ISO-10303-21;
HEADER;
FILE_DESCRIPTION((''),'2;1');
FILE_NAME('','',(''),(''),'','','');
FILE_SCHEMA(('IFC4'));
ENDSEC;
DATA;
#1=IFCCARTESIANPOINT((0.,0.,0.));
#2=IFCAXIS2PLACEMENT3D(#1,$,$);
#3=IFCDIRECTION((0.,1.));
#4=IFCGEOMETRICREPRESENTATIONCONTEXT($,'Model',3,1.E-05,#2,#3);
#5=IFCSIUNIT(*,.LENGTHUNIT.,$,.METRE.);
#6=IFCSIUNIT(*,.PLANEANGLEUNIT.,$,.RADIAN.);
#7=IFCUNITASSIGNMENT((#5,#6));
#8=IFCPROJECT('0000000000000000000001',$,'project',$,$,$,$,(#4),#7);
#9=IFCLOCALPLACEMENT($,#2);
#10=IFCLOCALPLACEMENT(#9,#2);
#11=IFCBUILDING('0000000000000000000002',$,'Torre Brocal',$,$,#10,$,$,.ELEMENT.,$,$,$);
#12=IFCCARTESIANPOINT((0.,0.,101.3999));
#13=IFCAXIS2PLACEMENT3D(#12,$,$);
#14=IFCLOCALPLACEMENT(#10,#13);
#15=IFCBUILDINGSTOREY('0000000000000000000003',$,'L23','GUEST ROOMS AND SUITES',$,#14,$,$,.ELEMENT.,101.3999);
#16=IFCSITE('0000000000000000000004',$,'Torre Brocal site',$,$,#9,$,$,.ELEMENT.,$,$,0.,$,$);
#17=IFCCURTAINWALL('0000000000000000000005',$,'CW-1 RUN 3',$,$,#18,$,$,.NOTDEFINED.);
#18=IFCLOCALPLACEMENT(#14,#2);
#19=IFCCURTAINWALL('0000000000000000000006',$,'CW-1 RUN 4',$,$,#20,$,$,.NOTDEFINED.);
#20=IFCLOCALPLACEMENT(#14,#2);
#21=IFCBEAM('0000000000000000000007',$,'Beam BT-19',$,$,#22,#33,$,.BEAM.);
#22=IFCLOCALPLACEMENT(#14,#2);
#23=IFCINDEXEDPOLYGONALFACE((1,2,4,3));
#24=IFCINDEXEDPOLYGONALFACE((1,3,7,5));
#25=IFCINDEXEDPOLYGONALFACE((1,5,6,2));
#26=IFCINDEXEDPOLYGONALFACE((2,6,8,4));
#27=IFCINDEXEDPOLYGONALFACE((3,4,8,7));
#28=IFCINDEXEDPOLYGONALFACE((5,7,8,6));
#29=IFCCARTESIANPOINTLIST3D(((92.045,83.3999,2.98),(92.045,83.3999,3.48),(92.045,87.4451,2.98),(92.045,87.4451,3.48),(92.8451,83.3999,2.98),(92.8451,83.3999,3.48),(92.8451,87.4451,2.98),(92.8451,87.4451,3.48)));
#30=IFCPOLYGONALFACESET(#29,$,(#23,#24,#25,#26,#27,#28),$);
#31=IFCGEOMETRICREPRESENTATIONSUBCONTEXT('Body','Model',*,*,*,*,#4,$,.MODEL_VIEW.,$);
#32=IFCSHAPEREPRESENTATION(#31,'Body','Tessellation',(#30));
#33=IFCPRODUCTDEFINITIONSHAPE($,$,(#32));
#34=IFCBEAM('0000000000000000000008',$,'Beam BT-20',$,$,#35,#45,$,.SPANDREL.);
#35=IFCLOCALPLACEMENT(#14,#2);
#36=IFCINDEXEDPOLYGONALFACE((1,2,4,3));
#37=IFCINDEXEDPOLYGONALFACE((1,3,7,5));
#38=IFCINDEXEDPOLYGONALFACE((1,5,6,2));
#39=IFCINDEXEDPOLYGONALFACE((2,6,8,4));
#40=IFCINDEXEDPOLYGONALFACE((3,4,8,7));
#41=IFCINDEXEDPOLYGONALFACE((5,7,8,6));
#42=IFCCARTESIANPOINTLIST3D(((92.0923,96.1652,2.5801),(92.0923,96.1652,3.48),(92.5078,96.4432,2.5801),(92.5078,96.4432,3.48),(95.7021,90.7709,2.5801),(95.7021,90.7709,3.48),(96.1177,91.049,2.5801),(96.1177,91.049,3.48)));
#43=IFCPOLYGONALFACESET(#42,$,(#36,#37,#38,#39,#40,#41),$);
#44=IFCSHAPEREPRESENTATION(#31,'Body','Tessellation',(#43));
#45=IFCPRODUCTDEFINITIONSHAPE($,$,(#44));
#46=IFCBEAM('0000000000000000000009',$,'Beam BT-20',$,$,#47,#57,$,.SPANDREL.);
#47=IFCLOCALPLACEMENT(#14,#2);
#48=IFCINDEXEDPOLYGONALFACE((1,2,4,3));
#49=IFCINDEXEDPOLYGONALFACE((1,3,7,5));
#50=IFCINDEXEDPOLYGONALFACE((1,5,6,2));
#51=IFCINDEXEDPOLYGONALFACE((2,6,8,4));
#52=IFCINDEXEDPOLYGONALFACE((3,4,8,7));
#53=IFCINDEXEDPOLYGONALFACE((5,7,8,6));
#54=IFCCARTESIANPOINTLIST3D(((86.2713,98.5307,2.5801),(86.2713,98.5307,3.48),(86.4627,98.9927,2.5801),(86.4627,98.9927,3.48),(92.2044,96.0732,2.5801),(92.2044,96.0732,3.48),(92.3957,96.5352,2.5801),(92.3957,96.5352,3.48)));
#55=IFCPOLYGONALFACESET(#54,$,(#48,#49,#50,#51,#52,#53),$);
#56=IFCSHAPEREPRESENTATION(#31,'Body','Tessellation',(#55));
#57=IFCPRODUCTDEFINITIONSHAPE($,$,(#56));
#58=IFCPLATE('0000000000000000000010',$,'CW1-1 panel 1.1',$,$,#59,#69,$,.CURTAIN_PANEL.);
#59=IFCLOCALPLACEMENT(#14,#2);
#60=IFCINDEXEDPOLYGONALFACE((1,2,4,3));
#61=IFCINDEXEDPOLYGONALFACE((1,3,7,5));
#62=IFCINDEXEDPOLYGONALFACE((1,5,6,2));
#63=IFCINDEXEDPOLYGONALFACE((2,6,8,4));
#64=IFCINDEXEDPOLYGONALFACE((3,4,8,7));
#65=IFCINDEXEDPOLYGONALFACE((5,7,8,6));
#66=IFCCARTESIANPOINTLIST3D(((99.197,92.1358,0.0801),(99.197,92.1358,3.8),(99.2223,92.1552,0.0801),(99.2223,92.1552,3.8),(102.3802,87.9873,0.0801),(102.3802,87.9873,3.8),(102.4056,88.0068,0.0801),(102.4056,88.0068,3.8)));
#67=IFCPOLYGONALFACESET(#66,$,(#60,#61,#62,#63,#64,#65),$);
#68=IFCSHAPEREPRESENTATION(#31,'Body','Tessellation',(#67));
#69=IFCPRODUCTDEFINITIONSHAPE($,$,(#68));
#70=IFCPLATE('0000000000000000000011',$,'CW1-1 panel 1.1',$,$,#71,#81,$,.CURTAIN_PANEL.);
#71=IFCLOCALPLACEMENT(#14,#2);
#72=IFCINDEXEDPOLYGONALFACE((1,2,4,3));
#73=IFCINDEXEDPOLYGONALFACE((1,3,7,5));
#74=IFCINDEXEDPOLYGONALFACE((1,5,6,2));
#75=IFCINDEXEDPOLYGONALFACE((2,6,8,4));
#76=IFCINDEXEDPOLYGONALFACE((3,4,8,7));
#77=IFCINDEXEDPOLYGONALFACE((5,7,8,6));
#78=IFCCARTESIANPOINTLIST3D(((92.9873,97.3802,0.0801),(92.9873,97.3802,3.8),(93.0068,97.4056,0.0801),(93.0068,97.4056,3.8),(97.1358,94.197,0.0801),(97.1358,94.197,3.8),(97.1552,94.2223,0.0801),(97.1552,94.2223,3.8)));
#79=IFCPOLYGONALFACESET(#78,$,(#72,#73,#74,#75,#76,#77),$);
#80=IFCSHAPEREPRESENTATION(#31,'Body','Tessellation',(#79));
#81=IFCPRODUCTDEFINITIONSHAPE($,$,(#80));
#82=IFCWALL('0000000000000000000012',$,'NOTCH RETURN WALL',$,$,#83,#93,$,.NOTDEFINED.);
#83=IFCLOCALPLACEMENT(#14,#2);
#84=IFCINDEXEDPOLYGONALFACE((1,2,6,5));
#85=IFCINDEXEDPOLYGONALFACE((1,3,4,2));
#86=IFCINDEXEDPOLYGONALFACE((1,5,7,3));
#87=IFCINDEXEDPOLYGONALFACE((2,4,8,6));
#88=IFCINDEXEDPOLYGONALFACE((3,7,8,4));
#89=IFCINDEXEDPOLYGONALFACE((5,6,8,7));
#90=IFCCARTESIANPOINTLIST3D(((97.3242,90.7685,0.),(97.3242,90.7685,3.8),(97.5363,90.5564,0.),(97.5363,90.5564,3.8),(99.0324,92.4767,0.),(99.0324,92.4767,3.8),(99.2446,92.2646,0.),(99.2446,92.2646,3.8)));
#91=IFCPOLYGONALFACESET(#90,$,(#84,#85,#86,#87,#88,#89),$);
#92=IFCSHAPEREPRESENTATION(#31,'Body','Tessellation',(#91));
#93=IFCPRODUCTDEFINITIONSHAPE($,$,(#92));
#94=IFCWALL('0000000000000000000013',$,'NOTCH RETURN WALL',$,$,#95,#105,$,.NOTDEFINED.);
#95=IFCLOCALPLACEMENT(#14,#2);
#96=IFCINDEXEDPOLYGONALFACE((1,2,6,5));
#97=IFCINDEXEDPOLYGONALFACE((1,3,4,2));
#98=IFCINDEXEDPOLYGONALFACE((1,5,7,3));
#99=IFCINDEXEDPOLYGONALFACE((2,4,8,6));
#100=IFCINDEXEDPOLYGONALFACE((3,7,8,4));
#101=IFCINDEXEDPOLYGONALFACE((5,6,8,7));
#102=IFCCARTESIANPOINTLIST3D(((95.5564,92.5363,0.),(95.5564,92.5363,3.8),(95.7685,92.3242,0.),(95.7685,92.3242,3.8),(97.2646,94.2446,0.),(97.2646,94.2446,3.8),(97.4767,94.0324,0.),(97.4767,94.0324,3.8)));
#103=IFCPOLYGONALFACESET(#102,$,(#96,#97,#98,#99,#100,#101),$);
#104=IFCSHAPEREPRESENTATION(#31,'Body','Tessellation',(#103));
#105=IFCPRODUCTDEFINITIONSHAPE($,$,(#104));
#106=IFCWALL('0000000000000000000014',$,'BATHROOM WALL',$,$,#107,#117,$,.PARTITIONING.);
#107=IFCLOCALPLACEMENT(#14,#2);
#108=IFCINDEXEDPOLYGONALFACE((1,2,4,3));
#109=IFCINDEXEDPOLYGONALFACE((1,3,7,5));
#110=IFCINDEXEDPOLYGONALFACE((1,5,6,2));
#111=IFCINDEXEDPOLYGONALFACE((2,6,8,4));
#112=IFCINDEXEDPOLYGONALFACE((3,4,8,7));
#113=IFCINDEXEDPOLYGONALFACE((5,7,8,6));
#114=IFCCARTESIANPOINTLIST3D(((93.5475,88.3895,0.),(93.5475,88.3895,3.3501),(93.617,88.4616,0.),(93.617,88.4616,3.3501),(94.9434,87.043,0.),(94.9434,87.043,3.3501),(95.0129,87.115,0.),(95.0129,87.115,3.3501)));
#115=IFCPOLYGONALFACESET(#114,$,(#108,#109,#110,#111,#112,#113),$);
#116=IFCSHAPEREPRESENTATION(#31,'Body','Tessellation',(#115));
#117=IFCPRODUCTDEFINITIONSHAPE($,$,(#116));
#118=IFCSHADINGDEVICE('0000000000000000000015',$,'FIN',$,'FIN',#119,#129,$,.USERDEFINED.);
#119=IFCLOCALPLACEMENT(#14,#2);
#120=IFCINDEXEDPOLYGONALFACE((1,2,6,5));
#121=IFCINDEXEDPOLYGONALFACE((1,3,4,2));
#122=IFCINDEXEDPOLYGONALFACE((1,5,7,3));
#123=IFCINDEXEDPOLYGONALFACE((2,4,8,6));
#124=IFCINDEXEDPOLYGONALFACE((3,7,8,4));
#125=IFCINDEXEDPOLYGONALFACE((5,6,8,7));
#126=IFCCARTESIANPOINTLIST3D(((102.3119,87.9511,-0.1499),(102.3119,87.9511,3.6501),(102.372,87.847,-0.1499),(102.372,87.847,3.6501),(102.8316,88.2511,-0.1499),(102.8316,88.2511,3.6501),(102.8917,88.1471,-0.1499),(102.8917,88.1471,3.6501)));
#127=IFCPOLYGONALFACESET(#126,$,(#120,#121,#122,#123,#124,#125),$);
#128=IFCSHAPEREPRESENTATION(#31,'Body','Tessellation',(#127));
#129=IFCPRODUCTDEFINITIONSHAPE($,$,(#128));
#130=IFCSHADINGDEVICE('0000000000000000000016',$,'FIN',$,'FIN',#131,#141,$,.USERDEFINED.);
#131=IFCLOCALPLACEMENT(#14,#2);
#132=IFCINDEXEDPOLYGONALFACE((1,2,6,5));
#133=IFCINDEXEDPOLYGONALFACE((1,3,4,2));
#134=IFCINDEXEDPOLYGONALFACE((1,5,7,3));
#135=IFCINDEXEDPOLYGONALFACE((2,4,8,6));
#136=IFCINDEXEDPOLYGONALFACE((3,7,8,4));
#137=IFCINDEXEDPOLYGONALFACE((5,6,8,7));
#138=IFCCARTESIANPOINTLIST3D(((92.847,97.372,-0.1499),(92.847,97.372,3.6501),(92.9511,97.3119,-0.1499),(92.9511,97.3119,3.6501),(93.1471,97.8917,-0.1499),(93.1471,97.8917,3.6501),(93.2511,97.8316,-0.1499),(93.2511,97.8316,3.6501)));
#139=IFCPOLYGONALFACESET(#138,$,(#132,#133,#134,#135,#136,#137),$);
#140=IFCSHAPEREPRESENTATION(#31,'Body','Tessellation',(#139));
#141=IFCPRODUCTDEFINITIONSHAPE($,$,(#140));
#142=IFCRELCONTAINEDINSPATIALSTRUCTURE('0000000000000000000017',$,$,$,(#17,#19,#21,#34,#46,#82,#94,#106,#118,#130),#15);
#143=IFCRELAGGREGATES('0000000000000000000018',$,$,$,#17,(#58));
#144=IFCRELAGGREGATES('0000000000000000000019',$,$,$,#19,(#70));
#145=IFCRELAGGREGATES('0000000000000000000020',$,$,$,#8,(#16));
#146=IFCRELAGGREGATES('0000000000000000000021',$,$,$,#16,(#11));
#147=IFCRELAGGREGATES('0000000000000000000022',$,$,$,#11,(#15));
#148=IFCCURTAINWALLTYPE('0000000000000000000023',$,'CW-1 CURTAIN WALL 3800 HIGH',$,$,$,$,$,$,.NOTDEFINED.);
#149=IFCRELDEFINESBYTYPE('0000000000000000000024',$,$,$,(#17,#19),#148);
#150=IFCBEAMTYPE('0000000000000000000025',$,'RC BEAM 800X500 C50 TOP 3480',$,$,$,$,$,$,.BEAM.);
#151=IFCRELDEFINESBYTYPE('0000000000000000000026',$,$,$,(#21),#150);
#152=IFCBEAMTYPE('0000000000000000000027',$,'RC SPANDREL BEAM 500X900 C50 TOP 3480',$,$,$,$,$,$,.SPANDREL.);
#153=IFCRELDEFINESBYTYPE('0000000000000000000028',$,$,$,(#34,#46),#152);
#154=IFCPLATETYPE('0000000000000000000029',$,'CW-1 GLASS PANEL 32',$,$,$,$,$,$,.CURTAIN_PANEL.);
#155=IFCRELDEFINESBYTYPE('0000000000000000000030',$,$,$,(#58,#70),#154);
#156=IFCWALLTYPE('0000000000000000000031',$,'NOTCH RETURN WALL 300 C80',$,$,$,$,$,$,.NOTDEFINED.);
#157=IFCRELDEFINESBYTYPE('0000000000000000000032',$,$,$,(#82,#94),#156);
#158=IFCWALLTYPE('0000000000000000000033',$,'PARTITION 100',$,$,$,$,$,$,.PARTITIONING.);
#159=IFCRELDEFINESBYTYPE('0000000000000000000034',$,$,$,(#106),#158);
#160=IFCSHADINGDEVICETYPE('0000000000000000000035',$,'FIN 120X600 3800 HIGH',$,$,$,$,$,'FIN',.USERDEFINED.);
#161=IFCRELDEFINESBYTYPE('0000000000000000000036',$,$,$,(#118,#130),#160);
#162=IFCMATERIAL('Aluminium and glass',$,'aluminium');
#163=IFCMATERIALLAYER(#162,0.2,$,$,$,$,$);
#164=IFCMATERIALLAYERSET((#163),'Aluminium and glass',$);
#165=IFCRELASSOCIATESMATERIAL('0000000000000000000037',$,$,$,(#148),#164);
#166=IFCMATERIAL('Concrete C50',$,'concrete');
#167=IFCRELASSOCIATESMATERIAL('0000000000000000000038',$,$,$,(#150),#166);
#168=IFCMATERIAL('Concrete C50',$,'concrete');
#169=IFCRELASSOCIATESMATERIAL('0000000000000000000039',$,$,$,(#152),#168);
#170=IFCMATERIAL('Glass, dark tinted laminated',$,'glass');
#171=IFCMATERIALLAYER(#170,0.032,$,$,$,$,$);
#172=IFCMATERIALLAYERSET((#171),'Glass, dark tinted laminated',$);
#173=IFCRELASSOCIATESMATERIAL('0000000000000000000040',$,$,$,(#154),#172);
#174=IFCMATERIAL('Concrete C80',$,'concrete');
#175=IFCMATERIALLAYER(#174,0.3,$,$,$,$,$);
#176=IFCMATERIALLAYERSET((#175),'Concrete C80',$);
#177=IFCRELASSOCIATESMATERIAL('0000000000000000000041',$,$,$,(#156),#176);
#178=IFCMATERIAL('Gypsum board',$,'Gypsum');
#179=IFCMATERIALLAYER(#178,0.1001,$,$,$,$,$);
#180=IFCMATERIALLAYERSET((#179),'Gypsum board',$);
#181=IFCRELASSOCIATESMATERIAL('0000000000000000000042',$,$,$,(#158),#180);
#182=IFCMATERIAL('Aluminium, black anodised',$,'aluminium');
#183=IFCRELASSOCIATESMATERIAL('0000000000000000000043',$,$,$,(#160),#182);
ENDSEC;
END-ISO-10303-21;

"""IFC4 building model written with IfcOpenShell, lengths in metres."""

from ifc_helpers import new_model, si_unit, direction, frame, frame_2d, origin, origin_2d, place, context, subcontext, project, spatial, rectangle, extrude, material, layer, layer_set, material_profile, profile_set, type_object, element, aggregate, save


model = new_model("IFC4")

# Units and contexts
model_context = context("Model", 3, precision=1e-05, world=origin(), true_north=direction((0.0, 1.0)))
body_context = subcontext(model_context, "Body", "Model", "MODEL_VIEW")
ifc_project = project(units=[si_unit("LENGTHUNIT", "METRE"), si_unit("PLANEANGLEUNIT", "RADIAN")], contexts=[model_context])

# Site, building, storey
site_placement = place(None, origin())
site = spatial("IfcSite", under=ifc_project, at=site_placement, Name="Torre Brocal site", CompositionType="ELEMENT", RefElevation=0.0)
building_placement = place(site_placement, origin())
building = spatial("IfcBuilding", under=site, at=building_placement, Name="Torre Brocal", CompositionType="ELEMENT")
storey_placement = place(building_placement, frame((0.0, 0.0, 101.3999)))
storey = spatial("IfcBuildingStorey", under=building, at=storey_placement, Name="L23", Description="GUEST ROOMS AND SUITES", CompositionType="ELEMENT", Elevation=101.3999)

# Shared definitions
ifc_material_1 = material(Name="Aluminium and glass", Category="aluminium")
ifc_layer_1 = layer(ifc_material_1, 0.2)
ifc_layer_set_1 = layer_set([ifc_layer_1], Name="Aluminium and glass")
curtain_wall_type = type_object("IfcCurtainWallType", Name="CW-1 CURTAIN WALL 3800 HIGH", PredefinedType="NOTDEFINED", material=ifc_layer_set_1)

# Curtain walls
curtain_wall_1_placement = place(storey_placement, origin())
curtain_wall_1 = element("IfcCurtainWall", 1, at=curtain_wall_1_placement, inside=storey, type_object=curtain_wall_type, Name="CW-1 RUN 3", PredefinedType="NOTDEFINED")
curtain_wall_2_placement = place(storey_placement, origin())
curtain_wall_2 = element("IfcCurtainWall", 2, at=curtain_wall_2_placement, inside=storey, type_object=curtain_wall_type, Name="CW-1 RUN 4", PredefinedType="NOTDEFINED")

# Beams
ifc_material_2 = material(Name="Concrete C50", Category="concrete")
ifc_material_profile_1 = material_profile(ifc_material_2, rectangle(XDim=0.8, YDim=0.5, at=origin_2d()), Name="RC 800X500")
ifc_profile_set_1 = profile_set([ifc_material_profile_1], Name="Concrete C50")
beam_type_1 = type_object("IfcBeamType", Name="RC BEAM 800X500 C50 TOP 3480", PredefinedType="BEAM", material=ifc_profile_set_1)
beam_1_placement = place(storey_placement, frame((92.4451, 87.4451, 3.23), z_axis=(0.0, -1.0, 0.0), x_axis=(1.0, 0.0, 0.0)))
element("IfcBeam", 3, at=beam_1_placement, inside=storey, type_object=beam_type_1, Name="Beam BT-19", PredefinedType="BEAM", context=body_context, shape_type="SweptSolid", body=[
    extrude(rectangle(XDim=0.8, YDim=0.5, at=origin_2d()), origin(), (0.0, 0.0, 1.0), 4.0452),
])
ifc_material_3 = material(Name="Concrete C50", Category="concrete")
ifc_material_profile_2 = material_profile(ifc_material_3, rectangle(XDim=0.5, YDim=0.8999, at=origin_2d()), Name="RC 500X900")
ifc_profile_set_2 = profile_set([ifc_material_profile_2], Name="Concrete C50")
beam_type_2 = type_object("IfcBeamType", Name="RC SPANDREL BEAM 500X900 C50 TOP 3480", PredefinedType="SPANDREL", material=ifc_profile_set_2)
beam_2_placement = place(storey_placement, frame((95.9099, 90.9099, 3.03), z_axis=(-0.556158, 0.831077, 0.0), x_axis=(-0.831077, -0.556158, 0.0)))
element("IfcBeam", 4, at=beam_2_placement, inside=storey, type_object=beam_type_2, Name="Beam BT-20", PredefinedType="SPANDREL", context=body_context, shape_type="SweptSolid", body=[
    extrude(rectangle(XDim=0.5, YDim=0.8999, at=origin_2d()), origin(), (0.0, 0.0, 1.0), 6.4907),
])
beam_3_placement = place(storey_placement, frame((92.3, 96.3042, 3.03), z_axis=(-0.923882, 0.382676, 0.0), x_axis=(-0.382676, -0.923882, 0.0)))
element("IfcBeam", 5, at=beam_3_placement, inside=storey, type_object=beam_type_2, Name="Beam BT-20", PredefinedType="SPANDREL", context=body_context, shape_type="SweptSolid", body=[
    extrude(rectangle(XDim=0.5, YDim=0.8999, at=origin_2d()), origin(), (0.0, 0.0, 1.0), 6.4219),
])

# Plates
ifc_material_4 = material(Name="Glass, dark tinted laminated", Category="glass")
ifc_layer_2 = layer(ifc_material_4, 0.032)
ifc_layer_set_2 = layer_set([ifc_layer_2], Name="Glass, dark tinted laminated")
plate_type = type_object("IfcPlateType", Name="CW-1 GLASS PANEL 32", PredefinedType="CURTAIN_PANEL", material=ifc_layer_set_2)
plate_1_placement = place(storey_placement, frame((100.8013, 90.0713, 0.0801), z_axis=(0.0, 0.0, 1.0), x_axis=(-0.608761, 0.793353, 0.0)))
plate_1 = element("IfcPlate", 6, at=plate_1_placement, type_object=plate_type, Name="CW1-1 panel 1.1", PredefinedType="CURTAIN_PANEL", context=body_context, shape_type="SweptSolid", body=[
    extrude(rectangle(XDim=5.229, YDim=0.032, at=origin_2d()), origin(), (0.0, 0.0, 1.0), 3.72),
])
aggregate(curtain_wall_1, [plate_1])
plate_2_placement = place(storey_placement, frame((95.0713, 95.8013, 0.0801), z_axis=(0.0, 0.0, 1.0), x_axis=(-0.793353, 0.608761, 0.0)))
plate_2 = element("IfcPlate", 7, at=plate_2_placement, type_object=plate_type, Name="CW1-1 panel 1.1", PredefinedType="CURTAIN_PANEL", context=body_context, shape_type="SweptSolid", body=[
    extrude(rectangle(XDim=5.229, YDim=0.032, at=origin_2d()), origin(), (0.0, 0.0, 1.0), 3.72),
])
aggregate(curtain_wall_2, [plate_2])

# Walls
ifc_material_5 = material(Name="Concrete C80", Category="concrete")
ifc_layer_3 = layer(ifc_material_5, 0.3)
ifc_layer_set_3 = layer_set([ifc_layer_3], Name="Concrete C80")
wall_type_1 = type_object("IfcWallType", Name="NOTCH RETURN WALL 300 C80", PredefinedType="NOTDEFINED", material=ifc_layer_set_3)
for number, where, z_axis, x_axis, name in (
    (8, (97.4302, 90.6624, 0.0), (0.0, 0.0, 1.0), (0.707107, 0.707107, 0.0), "NOTCH RETURN WALL"),
    (9, (95.6624, 92.4302, 0.0), (0.0, 0.0, 1.0), (0.707107, 0.707107, 0.0), "NOTCH RETURN WALL"),
):
    element("IfcWall", number, at=place(storey_placement, frame(where, z_axis=z_axis, x_axis=x_axis)), inside=storey, type_object=wall_type_1, Name=name, PredefinedType="NOTDEFINED", context=body_context, shape_type="SweptSolid", body=[
        extrude(rectangle(XDim=2.4158, YDim=0.3, at=frame_2d((1.208, 0.0))), origin(), (0.0, 0.0, 1.0), 3.8),
    ])
ifc_material_6 = material(Name="Gypsum board", Category="Gypsum")
ifc_layer_4 = layer(ifc_material_6, 0.1001)
ifc_layer_set_4 = layer_set([ifc_layer_4], Name="Gypsum board")
wall_type_2 = type_object("IfcWallType", Name="PARTITION 100", PredefinedType="PARTITIONING", material=ifc_layer_set_4)
wall_placement = place(storey_placement, frame((93.5823, 88.4255, 0.0), z_axis=(0.0, 0.0, 1.0), x_axis=(0.719707, -0.694278, 0.0)))
element("IfcWall", 10, at=wall_placement, inside=storey, type_object=wall_type_2, Name="BATHROOM WALL", PredefinedType="PARTITIONING", context=body_context, shape_type="SweptSolid", body=[
    extrude(rectangle(XDim=1.9395, YDim=0.1001, at=frame_2d((0.9697, 0.0))), origin(), (0.0, 0.0, 1.0), 3.3501),
])

# Shading devices
ifc_material_7 = material(Name="Aluminium, black anodised", Category="aluminium")
ifc_material_profile_3 = material_profile(ifc_material_7, rectangle(XDim=0.1201, YDim=0.6001, at=origin_2d()), Name="FIN 120X600 3800 HIGH")
ifc_profile_set_3 = profile_set([ifc_material_profile_3], Name="Aluminium, black anodised")
shading_device_type = type_object("IfcShadingDeviceType", Name="FIN 120X600 3800 HIGH", ElementType="FIN", PredefinedType="USERDEFINED", material=ifc_profile_set_3)
for number, where, z_axis, x_axis, name in (
    (11, (102.6018, 88.0491, -0.1499), (0.0, 0.0, 1.0), (-0.5, 0.866025, 0.0), "FIN"),
    (12, (93.0491, 97.6018, -0.1499), (0.0, 0.0, 1.0), (-0.866025, 0.5, 0.0), "FIN"),
):
    element("IfcShadingDevice", number, at=place(storey_placement, frame(where, z_axis=z_axis, x_axis=x_axis)), inside=storey, type_object=shading_device_type, Name=name, ObjectType="FIN", PredefinedType="USERDEFINED", context=body_context, shape_type="SweptSolid", body=[
        extrude(rectangle(XDim=0.1201, YDim=0.6001, at=origin_2d()), origin(), (0.0, 0.0, 1.0), 3.8),
    ])

save(model, "model.ifc")
